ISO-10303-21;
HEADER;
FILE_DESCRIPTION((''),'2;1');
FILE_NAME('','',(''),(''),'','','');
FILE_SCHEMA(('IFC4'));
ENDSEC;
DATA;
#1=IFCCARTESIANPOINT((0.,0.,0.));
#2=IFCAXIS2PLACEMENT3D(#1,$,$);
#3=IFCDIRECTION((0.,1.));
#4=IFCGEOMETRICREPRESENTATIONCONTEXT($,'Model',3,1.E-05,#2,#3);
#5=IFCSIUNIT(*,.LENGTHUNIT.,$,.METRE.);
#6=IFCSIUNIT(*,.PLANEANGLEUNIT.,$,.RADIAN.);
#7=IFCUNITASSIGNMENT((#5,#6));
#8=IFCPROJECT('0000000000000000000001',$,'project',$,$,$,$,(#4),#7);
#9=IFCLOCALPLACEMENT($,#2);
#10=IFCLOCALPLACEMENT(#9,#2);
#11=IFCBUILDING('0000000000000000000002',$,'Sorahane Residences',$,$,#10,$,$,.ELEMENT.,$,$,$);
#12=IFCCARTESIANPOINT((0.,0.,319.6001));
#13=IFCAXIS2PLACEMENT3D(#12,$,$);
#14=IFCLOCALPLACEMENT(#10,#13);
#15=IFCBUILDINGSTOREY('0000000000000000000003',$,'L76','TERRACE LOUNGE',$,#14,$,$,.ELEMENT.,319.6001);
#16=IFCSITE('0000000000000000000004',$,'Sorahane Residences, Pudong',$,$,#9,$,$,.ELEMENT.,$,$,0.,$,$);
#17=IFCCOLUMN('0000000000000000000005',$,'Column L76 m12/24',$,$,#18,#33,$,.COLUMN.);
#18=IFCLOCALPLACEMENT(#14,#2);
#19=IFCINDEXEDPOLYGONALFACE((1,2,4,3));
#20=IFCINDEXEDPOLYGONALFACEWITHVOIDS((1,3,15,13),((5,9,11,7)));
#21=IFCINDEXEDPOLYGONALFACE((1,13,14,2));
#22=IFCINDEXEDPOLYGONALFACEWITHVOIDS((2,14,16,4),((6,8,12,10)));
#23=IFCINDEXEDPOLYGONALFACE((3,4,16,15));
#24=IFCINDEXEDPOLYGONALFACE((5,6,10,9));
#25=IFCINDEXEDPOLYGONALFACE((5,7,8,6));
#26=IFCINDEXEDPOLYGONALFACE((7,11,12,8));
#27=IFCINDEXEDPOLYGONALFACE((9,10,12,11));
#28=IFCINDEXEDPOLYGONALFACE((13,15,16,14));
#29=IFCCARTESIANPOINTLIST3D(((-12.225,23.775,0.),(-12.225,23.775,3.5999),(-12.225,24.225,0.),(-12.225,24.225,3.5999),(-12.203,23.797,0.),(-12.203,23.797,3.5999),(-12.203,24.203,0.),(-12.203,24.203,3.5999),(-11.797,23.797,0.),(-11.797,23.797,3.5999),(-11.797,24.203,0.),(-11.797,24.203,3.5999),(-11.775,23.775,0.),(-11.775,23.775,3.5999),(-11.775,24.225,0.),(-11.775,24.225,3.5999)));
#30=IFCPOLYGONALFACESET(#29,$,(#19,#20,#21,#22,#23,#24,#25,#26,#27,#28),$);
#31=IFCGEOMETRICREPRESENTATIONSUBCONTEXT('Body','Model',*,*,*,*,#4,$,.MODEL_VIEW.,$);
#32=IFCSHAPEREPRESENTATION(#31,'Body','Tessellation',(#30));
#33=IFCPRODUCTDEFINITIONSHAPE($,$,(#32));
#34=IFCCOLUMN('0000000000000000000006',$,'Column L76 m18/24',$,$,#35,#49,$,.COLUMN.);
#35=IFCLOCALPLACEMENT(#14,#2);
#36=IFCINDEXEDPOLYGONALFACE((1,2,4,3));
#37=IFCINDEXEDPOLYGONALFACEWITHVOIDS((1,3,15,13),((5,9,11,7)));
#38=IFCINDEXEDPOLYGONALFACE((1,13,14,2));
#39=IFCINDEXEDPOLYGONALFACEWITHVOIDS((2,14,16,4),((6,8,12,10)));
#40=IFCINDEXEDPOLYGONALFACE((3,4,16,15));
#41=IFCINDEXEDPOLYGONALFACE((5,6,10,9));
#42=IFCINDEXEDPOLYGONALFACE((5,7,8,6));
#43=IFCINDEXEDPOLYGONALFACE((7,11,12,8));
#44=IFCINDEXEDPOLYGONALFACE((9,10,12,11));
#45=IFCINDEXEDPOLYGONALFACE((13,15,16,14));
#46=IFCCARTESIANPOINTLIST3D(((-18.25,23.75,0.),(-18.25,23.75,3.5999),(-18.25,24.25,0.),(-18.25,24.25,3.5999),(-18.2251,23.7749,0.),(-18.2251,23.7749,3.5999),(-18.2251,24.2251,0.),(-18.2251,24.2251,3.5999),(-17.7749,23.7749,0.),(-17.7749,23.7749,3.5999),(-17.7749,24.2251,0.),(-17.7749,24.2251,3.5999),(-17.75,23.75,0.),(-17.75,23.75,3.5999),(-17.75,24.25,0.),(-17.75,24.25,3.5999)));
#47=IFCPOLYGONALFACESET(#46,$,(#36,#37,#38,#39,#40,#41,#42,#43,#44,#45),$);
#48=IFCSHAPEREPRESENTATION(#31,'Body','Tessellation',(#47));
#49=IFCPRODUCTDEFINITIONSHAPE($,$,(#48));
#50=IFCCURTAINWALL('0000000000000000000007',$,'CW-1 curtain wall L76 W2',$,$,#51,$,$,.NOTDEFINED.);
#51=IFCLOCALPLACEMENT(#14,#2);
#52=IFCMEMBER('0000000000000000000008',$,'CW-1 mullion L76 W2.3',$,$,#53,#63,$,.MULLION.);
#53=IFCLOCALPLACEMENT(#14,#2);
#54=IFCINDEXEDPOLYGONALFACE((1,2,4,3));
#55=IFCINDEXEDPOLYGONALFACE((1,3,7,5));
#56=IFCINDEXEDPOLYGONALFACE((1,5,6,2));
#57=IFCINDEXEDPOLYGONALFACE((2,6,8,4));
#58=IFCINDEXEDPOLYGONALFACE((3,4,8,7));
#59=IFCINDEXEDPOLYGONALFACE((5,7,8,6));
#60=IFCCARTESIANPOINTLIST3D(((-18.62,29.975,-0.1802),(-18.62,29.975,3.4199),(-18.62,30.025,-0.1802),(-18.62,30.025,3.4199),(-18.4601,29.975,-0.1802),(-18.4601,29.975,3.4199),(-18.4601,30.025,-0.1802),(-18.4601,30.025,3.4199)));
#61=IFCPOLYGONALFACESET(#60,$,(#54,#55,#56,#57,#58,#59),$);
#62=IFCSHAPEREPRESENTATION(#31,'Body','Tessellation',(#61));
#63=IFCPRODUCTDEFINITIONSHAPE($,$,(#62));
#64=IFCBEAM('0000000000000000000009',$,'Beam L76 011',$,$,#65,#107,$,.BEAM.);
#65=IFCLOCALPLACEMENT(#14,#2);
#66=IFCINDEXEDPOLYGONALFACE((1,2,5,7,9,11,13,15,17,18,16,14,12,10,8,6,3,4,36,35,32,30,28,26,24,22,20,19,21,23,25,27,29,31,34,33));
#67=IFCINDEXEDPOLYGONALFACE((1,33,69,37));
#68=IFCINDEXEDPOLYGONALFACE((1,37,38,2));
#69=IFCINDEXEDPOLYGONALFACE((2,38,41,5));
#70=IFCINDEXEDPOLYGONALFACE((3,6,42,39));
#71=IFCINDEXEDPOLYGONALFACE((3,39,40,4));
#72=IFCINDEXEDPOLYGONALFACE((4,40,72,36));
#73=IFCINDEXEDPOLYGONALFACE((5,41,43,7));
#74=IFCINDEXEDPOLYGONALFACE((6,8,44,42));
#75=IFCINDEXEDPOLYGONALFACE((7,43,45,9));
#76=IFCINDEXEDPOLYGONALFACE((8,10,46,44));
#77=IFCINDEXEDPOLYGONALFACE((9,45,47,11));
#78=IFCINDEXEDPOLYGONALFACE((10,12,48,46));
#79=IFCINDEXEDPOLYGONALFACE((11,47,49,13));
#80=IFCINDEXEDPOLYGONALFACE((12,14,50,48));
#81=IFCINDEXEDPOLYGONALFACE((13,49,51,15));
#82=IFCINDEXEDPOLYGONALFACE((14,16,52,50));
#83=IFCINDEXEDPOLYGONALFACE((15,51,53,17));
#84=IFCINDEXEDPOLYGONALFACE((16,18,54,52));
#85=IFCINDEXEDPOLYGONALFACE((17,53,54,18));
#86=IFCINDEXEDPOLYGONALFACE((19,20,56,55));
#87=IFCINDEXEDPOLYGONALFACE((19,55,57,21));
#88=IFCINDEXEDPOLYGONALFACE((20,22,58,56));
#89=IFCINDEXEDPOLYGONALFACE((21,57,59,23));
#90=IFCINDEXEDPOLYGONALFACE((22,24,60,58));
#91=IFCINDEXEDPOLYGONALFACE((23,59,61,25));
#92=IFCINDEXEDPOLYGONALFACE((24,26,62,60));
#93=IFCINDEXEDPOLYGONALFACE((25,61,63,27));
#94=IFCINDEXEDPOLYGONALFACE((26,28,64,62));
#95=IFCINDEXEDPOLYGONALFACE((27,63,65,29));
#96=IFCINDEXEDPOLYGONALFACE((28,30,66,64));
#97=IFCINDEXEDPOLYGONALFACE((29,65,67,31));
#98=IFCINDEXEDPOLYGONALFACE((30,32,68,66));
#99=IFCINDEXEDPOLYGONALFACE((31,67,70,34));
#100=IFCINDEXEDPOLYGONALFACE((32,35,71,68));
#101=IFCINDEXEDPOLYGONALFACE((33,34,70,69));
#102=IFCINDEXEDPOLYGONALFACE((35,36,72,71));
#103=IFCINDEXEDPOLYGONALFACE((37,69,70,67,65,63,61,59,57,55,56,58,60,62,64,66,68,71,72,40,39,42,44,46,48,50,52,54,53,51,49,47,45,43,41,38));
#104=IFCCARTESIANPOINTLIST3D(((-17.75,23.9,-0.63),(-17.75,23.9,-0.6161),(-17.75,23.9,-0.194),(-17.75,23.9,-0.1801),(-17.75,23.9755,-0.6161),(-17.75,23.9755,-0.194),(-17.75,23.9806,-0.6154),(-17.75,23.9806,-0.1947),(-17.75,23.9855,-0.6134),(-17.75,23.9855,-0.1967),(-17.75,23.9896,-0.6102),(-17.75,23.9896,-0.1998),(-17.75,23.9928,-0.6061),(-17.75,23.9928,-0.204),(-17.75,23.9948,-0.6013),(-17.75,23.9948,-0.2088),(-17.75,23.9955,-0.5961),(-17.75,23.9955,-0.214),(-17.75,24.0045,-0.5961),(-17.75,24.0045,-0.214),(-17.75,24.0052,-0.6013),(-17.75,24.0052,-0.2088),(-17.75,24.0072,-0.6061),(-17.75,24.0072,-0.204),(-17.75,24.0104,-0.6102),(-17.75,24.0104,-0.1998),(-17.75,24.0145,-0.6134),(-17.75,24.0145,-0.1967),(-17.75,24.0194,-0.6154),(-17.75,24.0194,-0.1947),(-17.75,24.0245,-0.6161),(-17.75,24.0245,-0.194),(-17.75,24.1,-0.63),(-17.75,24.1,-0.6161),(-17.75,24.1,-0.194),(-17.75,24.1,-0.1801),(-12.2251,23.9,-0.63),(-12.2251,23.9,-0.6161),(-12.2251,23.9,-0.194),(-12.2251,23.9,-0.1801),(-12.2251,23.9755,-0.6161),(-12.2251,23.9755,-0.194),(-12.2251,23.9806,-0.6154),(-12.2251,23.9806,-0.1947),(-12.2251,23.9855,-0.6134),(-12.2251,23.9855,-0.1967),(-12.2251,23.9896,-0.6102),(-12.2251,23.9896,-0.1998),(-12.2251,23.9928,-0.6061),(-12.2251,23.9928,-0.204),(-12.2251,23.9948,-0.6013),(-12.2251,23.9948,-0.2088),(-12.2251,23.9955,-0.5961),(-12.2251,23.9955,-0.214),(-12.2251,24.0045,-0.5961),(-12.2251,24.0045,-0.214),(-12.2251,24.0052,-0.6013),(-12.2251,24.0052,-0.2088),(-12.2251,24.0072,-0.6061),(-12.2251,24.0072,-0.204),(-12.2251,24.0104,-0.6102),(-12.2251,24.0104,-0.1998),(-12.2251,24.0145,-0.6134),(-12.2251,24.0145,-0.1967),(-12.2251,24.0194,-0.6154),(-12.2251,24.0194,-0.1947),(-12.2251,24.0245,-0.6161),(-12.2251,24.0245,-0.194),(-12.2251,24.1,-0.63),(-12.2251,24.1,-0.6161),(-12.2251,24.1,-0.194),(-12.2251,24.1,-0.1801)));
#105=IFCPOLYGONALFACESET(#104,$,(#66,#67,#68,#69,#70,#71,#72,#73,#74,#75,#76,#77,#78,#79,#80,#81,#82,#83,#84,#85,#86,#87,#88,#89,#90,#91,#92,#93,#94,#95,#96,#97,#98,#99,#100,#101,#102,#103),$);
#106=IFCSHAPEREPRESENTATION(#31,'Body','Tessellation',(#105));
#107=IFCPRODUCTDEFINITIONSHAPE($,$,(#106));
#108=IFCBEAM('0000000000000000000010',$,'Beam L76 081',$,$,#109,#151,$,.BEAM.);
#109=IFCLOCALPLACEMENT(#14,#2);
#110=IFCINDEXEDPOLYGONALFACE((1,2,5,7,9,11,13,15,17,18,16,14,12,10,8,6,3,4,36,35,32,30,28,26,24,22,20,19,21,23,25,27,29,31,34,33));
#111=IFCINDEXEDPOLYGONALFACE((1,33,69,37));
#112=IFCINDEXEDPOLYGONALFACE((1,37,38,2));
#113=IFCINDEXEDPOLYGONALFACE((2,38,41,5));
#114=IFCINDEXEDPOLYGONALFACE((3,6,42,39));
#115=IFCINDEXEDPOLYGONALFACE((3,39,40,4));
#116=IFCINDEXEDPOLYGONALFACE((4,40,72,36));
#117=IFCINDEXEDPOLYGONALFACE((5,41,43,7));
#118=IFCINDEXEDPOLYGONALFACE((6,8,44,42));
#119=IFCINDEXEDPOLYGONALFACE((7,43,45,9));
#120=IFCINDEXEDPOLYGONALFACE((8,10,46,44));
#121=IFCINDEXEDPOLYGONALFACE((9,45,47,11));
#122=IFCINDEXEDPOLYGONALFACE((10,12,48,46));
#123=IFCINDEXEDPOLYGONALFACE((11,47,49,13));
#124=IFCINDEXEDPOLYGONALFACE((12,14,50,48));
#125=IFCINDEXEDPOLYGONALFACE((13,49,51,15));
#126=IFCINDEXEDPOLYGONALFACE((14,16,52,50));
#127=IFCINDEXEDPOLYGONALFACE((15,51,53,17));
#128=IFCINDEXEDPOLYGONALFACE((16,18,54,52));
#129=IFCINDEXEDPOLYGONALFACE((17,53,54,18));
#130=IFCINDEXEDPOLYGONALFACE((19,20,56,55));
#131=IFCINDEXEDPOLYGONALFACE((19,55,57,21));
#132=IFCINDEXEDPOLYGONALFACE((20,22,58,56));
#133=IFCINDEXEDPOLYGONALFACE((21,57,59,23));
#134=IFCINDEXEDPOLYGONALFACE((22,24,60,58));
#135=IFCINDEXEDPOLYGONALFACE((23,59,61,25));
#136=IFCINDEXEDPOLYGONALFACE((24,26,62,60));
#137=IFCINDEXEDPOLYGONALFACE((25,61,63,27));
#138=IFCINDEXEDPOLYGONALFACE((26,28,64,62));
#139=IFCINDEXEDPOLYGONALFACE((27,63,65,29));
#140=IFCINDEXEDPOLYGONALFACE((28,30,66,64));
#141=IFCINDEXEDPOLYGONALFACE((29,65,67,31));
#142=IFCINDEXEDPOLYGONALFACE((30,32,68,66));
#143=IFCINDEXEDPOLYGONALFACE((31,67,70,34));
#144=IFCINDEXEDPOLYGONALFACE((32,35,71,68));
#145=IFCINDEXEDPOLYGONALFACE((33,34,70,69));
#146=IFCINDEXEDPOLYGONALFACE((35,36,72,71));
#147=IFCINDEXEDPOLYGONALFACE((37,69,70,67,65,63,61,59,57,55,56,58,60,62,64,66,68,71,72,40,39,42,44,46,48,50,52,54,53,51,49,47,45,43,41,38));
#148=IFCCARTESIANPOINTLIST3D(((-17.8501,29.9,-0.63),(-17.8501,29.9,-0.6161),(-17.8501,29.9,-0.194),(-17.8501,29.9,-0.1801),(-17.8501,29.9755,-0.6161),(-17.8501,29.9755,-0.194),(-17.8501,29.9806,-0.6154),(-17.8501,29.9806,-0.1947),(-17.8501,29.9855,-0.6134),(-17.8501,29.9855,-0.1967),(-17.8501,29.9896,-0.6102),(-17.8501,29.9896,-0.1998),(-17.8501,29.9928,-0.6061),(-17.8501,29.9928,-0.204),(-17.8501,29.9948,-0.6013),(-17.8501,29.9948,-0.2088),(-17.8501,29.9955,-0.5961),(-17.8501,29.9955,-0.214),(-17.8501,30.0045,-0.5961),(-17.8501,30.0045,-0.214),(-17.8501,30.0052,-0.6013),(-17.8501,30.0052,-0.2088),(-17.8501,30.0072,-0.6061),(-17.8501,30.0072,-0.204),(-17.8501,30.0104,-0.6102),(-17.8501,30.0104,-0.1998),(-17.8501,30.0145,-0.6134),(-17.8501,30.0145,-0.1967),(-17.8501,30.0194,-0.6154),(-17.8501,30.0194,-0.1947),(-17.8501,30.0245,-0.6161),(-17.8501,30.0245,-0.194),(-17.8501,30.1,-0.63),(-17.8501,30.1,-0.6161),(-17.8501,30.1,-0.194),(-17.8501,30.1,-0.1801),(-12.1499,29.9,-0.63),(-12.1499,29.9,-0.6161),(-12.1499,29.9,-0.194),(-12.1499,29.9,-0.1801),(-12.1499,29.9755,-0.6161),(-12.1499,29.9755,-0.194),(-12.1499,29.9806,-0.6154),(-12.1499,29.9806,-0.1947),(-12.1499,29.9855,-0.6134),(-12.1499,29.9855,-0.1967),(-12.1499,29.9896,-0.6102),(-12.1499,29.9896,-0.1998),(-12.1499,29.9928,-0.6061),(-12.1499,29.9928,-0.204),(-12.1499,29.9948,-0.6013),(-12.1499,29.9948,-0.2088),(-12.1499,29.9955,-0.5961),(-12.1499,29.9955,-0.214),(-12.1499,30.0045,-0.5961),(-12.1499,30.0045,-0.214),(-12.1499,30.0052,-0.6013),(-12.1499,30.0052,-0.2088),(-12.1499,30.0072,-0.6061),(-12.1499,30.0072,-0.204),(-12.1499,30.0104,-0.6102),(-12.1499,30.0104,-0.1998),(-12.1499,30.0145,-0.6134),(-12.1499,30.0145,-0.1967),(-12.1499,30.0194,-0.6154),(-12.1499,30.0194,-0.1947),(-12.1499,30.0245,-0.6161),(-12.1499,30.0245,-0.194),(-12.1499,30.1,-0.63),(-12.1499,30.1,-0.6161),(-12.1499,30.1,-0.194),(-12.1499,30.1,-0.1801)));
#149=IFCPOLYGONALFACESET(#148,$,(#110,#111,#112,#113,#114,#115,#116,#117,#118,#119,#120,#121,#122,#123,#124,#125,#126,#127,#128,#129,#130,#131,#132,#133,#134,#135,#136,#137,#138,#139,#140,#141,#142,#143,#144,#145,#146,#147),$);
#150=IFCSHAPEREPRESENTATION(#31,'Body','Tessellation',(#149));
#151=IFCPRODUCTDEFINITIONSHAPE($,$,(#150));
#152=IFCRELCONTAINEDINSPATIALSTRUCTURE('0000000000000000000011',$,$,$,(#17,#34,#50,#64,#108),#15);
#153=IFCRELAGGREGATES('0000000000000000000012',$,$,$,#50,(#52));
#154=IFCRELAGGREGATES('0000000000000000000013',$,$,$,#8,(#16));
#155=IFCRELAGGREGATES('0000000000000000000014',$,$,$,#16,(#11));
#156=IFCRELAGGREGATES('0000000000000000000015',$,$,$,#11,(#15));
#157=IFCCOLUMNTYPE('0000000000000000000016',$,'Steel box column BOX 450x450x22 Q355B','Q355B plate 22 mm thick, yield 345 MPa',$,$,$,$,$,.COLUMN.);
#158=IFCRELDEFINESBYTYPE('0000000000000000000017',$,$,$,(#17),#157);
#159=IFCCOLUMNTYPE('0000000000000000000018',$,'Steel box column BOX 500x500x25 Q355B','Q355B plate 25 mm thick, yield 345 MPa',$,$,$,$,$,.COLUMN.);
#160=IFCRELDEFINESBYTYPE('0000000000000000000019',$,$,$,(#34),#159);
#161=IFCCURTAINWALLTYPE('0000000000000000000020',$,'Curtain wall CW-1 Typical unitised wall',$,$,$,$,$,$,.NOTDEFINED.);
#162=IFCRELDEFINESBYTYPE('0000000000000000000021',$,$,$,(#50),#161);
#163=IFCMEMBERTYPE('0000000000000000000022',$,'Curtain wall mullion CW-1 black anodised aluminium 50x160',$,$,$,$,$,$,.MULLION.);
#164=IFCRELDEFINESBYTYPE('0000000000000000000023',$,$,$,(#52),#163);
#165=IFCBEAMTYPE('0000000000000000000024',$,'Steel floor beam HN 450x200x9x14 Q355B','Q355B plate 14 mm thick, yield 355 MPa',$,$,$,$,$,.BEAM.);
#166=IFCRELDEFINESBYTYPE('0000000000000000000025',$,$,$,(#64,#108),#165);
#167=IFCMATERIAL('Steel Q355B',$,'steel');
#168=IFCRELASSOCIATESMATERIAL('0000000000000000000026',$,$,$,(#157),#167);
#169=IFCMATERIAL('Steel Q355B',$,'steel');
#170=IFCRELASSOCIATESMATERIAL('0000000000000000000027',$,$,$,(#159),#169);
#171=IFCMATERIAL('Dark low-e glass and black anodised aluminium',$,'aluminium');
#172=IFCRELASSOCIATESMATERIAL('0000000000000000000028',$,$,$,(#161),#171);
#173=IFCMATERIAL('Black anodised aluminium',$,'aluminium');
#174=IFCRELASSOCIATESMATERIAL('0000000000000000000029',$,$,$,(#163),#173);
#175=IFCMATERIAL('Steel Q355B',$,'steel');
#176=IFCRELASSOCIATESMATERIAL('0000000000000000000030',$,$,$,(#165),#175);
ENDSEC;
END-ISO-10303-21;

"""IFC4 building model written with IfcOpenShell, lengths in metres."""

from ifc_helpers import new_model, si_unit, direction, frame, origin, origin_2d, place, context, subcontext, project, spatial, rectangle, hollow_rectangle, i_section, extrude, material, material_profile, profile_set, type_object, element, aggregate, save


model = new_model("IFC4")

# Units and contexts
model_context = context("Model", 3, precision=1e-05, world=origin(), true_north=direction((0.0, 1.0)))
body_context = subcontext(model_context, "Body", "Model", "MODEL_VIEW")
ifc_project = project(units=[si_unit("LENGTHUNIT", "METRE"), si_unit("PLANEANGLEUNIT", "RADIAN")], contexts=[model_context])

# Site, building, storey
site_placement = place(None, origin())
site = spatial("IfcSite", under=ifc_project, at=site_placement, Name="Sorahane Residences, Pudong", CompositionType="ELEMENT", RefElevation=0.0)
building_placement = place(site_placement, origin())
building = spatial("IfcBuilding", under=site, at=building_placement, Name="Sorahane Residences", CompositionType="ELEMENT")
storey_placement = place(building_placement, frame((0.0, 0.0, 319.6001)))
storey = spatial("IfcBuildingStorey", under=building, at=storey_placement, Name="L76", Description="TERRACE LOUNGE", CompositionType="ELEMENT", Elevation=319.6001)

# Columns
ifc_material_1 = material(Name="Steel Q355B", Category="steel")
ifc_material_profile_1 = material_profile(ifc_material_1, hollow_rectangle(XDim=0.45, YDim=0.45, WallThickness=0.022, at=origin_2d()), Name="BOX 450x450x22")
ifc_profile_set_1 = profile_set([ifc_material_profile_1], Name="Steel Q355B")
column_type_1 = type_object("IfcColumnType", Name="Steel box column BOX 450x450x22 Q355B", Description="Q355B plate 22 mm thick, yield 345 MPa", PredefinedType="COLUMN", material=ifc_profile_set_1)
column_1_placement = place(storey_placement, frame((-12.0, 24.0, 0.0), z_axis=(0.0, 0.0, 1.0), x_axis=(1.0, 0.0, 0.0)))
element("IfcColumn", 1, at=column_1_placement, inside=storey, type_object=column_type_1, Name="Column L76 m12/24", PredefinedType="COLUMN", context=body_context, shape_type="SweptSolid", body=[
    extrude(hollow_rectangle(XDim=0.45, YDim=0.45, WallThickness=0.022, at=origin_2d()), origin(), (0.0, 0.0, 1.0), 3.5999),
])
ifc_material_2 = material(Name="Steel Q355B", Category="steel")
ifc_material_profile_2 = material_profile(ifc_material_2, hollow_rectangle(XDim=0.5, YDim=0.5, WallThickness=0.0249, at=origin_2d()), Name="BOX 500x500x25")
ifc_profile_set_2 = profile_set([ifc_material_profile_2], Name="Steel Q355B")
column_type_2 = type_object("IfcColumnType", Name="Steel box column BOX 500x500x25 Q355B", Description="Q355B plate 25 mm thick, yield 345 MPa", PredefinedType="COLUMN", material=ifc_profile_set_2)
column_2_placement = place(storey_placement, frame((-18.0, 24.0, 0.0), z_axis=(0.0, 0.0, 1.0), x_axis=(1.0, 0.0, 0.0)))
element("IfcColumn", 2, at=column_2_placement, inside=storey, type_object=column_type_2, Name="Column L76 m18/24", PredefinedType="COLUMN", context=body_context, shape_type="SweptSolid", body=[
    extrude(hollow_rectangle(XDim=0.5, YDim=0.5, WallThickness=0.0249, at=origin_2d()), origin(), (0.0, 0.0, 1.0), 3.5999),
])

# Curtain wall, member
ifc_material_3 = material(Name="Dark low-e glass and black anodised aluminium", Category="aluminium")
curtain_wall_type = type_object("IfcCurtainWallType", Name="Curtain wall CW-1 Typical unitised wall", PredefinedType="NOTDEFINED", material=ifc_material_3)
curtain_wall_placement = place(storey_placement, origin())
curtain_wall = element("IfcCurtainWall", 3, at=curtain_wall_placement, inside=storey, type_object=curtain_wall_type, Name="CW-1 curtain wall L76 W2", PredefinedType="NOTDEFINED")
ifc_material_4 = material(Name="Black anodised aluminium", Category="aluminium")
ifc_material_profile_3 = material_profile(ifc_material_4, rectangle(XDim=0.1599, YDim=0.05, at=origin_2d()), Name="Curtain wall mullion CW-1 black anodised aluminium 50x160")
ifc_profile_set_3 = profile_set([ifc_material_profile_3], Name="Black anodised aluminium")
member_type = type_object("IfcMemberType", Name="Curtain wall mullion CW-1 black anodised aluminium 50x160", PredefinedType="MULLION", material=ifc_profile_set_3)
member_placement = place(storey_placement, frame((-18.54, 30.0, -0.1802), z_axis=(0.0, 0.0, 1.0), x_axis=(-1.0, 0.0, 0.0)))
member = element("IfcMember", 4, at=member_placement, type_object=member_type, Name="CW-1 mullion L76 W2.3", PredefinedType="MULLION", context=body_context, shape_type="SweptSolid", body=[
    extrude(rectangle(XDim=0.1599, YDim=0.05, at=origin_2d()), origin(), (0.0, 0.0, 1.0), 3.6001),
])

# Beams
ifc_material_5 = material(Name="Steel Q355B", Category="steel")
ifc_material_profile_4 = material_profile(ifc_material_5, i_section(OverallWidth=0.2, OverallDepth=0.45, WebThickness=0.009, FlangeThickness=0.0139, FilletRadius=0.02, at=origin_2d()), Name="HN 450x200x9x14")
ifc_profile_set_4 = profile_set([ifc_material_profile_4], Name="Steel Q355B")
beam_type_1 = type_object("IfcBeamType", Name="Steel floor beam HN 450x200x9x14 Q355B", Description="Q355B plate 14 mm thick, yield 355 MPa", PredefinedType="BEAM", material=ifc_profile_set_4)
beam_1_placement = place(storey_placement, frame((-17.75, 24.0, -0.405), z_axis=(1.0, 0.0, 0.0), x_axis=(0.0, 1.0, 0.0)))
element("IfcBeam", 5, at=beam_1_placement, inside=storey, type_object=beam_type_1, Name="Beam L76 011", PredefinedType="BEAM", context=body_context, shape_type="SweptSolid", body=[
    extrude(i_section(OverallWidth=0.2, OverallDepth=0.45, WebThickness=0.009, FlangeThickness=0.0139, FilletRadius=0.02, at=origin_2d()), origin(), (0.0, 0.0, 1.0), 5.5249),
])
beam_2_placement = place(storey_placement, frame((-17.8501, 30.0, -0.405), z_axis=(1.0, 0.0, 0.0), x_axis=(0.0, 1.0, 0.0)))
element("IfcBeam", 6, at=beam_2_placement, inside=storey, type_object=beam_type_1, Name="Beam L76 081", PredefinedType="BEAM", context=body_context, shape_type="SweptSolid", body=[
    extrude(i_section(OverallWidth=0.2, OverallDepth=0.45, WebThickness=0.009, FlangeThickness=0.0139, FilletRadius=0.02, at=origin_2d()), origin(), (0.0, 0.0, 1.0), 5.7002),
])

aggregate(curtain_wall, [member])

save(model, "model.ifc")
